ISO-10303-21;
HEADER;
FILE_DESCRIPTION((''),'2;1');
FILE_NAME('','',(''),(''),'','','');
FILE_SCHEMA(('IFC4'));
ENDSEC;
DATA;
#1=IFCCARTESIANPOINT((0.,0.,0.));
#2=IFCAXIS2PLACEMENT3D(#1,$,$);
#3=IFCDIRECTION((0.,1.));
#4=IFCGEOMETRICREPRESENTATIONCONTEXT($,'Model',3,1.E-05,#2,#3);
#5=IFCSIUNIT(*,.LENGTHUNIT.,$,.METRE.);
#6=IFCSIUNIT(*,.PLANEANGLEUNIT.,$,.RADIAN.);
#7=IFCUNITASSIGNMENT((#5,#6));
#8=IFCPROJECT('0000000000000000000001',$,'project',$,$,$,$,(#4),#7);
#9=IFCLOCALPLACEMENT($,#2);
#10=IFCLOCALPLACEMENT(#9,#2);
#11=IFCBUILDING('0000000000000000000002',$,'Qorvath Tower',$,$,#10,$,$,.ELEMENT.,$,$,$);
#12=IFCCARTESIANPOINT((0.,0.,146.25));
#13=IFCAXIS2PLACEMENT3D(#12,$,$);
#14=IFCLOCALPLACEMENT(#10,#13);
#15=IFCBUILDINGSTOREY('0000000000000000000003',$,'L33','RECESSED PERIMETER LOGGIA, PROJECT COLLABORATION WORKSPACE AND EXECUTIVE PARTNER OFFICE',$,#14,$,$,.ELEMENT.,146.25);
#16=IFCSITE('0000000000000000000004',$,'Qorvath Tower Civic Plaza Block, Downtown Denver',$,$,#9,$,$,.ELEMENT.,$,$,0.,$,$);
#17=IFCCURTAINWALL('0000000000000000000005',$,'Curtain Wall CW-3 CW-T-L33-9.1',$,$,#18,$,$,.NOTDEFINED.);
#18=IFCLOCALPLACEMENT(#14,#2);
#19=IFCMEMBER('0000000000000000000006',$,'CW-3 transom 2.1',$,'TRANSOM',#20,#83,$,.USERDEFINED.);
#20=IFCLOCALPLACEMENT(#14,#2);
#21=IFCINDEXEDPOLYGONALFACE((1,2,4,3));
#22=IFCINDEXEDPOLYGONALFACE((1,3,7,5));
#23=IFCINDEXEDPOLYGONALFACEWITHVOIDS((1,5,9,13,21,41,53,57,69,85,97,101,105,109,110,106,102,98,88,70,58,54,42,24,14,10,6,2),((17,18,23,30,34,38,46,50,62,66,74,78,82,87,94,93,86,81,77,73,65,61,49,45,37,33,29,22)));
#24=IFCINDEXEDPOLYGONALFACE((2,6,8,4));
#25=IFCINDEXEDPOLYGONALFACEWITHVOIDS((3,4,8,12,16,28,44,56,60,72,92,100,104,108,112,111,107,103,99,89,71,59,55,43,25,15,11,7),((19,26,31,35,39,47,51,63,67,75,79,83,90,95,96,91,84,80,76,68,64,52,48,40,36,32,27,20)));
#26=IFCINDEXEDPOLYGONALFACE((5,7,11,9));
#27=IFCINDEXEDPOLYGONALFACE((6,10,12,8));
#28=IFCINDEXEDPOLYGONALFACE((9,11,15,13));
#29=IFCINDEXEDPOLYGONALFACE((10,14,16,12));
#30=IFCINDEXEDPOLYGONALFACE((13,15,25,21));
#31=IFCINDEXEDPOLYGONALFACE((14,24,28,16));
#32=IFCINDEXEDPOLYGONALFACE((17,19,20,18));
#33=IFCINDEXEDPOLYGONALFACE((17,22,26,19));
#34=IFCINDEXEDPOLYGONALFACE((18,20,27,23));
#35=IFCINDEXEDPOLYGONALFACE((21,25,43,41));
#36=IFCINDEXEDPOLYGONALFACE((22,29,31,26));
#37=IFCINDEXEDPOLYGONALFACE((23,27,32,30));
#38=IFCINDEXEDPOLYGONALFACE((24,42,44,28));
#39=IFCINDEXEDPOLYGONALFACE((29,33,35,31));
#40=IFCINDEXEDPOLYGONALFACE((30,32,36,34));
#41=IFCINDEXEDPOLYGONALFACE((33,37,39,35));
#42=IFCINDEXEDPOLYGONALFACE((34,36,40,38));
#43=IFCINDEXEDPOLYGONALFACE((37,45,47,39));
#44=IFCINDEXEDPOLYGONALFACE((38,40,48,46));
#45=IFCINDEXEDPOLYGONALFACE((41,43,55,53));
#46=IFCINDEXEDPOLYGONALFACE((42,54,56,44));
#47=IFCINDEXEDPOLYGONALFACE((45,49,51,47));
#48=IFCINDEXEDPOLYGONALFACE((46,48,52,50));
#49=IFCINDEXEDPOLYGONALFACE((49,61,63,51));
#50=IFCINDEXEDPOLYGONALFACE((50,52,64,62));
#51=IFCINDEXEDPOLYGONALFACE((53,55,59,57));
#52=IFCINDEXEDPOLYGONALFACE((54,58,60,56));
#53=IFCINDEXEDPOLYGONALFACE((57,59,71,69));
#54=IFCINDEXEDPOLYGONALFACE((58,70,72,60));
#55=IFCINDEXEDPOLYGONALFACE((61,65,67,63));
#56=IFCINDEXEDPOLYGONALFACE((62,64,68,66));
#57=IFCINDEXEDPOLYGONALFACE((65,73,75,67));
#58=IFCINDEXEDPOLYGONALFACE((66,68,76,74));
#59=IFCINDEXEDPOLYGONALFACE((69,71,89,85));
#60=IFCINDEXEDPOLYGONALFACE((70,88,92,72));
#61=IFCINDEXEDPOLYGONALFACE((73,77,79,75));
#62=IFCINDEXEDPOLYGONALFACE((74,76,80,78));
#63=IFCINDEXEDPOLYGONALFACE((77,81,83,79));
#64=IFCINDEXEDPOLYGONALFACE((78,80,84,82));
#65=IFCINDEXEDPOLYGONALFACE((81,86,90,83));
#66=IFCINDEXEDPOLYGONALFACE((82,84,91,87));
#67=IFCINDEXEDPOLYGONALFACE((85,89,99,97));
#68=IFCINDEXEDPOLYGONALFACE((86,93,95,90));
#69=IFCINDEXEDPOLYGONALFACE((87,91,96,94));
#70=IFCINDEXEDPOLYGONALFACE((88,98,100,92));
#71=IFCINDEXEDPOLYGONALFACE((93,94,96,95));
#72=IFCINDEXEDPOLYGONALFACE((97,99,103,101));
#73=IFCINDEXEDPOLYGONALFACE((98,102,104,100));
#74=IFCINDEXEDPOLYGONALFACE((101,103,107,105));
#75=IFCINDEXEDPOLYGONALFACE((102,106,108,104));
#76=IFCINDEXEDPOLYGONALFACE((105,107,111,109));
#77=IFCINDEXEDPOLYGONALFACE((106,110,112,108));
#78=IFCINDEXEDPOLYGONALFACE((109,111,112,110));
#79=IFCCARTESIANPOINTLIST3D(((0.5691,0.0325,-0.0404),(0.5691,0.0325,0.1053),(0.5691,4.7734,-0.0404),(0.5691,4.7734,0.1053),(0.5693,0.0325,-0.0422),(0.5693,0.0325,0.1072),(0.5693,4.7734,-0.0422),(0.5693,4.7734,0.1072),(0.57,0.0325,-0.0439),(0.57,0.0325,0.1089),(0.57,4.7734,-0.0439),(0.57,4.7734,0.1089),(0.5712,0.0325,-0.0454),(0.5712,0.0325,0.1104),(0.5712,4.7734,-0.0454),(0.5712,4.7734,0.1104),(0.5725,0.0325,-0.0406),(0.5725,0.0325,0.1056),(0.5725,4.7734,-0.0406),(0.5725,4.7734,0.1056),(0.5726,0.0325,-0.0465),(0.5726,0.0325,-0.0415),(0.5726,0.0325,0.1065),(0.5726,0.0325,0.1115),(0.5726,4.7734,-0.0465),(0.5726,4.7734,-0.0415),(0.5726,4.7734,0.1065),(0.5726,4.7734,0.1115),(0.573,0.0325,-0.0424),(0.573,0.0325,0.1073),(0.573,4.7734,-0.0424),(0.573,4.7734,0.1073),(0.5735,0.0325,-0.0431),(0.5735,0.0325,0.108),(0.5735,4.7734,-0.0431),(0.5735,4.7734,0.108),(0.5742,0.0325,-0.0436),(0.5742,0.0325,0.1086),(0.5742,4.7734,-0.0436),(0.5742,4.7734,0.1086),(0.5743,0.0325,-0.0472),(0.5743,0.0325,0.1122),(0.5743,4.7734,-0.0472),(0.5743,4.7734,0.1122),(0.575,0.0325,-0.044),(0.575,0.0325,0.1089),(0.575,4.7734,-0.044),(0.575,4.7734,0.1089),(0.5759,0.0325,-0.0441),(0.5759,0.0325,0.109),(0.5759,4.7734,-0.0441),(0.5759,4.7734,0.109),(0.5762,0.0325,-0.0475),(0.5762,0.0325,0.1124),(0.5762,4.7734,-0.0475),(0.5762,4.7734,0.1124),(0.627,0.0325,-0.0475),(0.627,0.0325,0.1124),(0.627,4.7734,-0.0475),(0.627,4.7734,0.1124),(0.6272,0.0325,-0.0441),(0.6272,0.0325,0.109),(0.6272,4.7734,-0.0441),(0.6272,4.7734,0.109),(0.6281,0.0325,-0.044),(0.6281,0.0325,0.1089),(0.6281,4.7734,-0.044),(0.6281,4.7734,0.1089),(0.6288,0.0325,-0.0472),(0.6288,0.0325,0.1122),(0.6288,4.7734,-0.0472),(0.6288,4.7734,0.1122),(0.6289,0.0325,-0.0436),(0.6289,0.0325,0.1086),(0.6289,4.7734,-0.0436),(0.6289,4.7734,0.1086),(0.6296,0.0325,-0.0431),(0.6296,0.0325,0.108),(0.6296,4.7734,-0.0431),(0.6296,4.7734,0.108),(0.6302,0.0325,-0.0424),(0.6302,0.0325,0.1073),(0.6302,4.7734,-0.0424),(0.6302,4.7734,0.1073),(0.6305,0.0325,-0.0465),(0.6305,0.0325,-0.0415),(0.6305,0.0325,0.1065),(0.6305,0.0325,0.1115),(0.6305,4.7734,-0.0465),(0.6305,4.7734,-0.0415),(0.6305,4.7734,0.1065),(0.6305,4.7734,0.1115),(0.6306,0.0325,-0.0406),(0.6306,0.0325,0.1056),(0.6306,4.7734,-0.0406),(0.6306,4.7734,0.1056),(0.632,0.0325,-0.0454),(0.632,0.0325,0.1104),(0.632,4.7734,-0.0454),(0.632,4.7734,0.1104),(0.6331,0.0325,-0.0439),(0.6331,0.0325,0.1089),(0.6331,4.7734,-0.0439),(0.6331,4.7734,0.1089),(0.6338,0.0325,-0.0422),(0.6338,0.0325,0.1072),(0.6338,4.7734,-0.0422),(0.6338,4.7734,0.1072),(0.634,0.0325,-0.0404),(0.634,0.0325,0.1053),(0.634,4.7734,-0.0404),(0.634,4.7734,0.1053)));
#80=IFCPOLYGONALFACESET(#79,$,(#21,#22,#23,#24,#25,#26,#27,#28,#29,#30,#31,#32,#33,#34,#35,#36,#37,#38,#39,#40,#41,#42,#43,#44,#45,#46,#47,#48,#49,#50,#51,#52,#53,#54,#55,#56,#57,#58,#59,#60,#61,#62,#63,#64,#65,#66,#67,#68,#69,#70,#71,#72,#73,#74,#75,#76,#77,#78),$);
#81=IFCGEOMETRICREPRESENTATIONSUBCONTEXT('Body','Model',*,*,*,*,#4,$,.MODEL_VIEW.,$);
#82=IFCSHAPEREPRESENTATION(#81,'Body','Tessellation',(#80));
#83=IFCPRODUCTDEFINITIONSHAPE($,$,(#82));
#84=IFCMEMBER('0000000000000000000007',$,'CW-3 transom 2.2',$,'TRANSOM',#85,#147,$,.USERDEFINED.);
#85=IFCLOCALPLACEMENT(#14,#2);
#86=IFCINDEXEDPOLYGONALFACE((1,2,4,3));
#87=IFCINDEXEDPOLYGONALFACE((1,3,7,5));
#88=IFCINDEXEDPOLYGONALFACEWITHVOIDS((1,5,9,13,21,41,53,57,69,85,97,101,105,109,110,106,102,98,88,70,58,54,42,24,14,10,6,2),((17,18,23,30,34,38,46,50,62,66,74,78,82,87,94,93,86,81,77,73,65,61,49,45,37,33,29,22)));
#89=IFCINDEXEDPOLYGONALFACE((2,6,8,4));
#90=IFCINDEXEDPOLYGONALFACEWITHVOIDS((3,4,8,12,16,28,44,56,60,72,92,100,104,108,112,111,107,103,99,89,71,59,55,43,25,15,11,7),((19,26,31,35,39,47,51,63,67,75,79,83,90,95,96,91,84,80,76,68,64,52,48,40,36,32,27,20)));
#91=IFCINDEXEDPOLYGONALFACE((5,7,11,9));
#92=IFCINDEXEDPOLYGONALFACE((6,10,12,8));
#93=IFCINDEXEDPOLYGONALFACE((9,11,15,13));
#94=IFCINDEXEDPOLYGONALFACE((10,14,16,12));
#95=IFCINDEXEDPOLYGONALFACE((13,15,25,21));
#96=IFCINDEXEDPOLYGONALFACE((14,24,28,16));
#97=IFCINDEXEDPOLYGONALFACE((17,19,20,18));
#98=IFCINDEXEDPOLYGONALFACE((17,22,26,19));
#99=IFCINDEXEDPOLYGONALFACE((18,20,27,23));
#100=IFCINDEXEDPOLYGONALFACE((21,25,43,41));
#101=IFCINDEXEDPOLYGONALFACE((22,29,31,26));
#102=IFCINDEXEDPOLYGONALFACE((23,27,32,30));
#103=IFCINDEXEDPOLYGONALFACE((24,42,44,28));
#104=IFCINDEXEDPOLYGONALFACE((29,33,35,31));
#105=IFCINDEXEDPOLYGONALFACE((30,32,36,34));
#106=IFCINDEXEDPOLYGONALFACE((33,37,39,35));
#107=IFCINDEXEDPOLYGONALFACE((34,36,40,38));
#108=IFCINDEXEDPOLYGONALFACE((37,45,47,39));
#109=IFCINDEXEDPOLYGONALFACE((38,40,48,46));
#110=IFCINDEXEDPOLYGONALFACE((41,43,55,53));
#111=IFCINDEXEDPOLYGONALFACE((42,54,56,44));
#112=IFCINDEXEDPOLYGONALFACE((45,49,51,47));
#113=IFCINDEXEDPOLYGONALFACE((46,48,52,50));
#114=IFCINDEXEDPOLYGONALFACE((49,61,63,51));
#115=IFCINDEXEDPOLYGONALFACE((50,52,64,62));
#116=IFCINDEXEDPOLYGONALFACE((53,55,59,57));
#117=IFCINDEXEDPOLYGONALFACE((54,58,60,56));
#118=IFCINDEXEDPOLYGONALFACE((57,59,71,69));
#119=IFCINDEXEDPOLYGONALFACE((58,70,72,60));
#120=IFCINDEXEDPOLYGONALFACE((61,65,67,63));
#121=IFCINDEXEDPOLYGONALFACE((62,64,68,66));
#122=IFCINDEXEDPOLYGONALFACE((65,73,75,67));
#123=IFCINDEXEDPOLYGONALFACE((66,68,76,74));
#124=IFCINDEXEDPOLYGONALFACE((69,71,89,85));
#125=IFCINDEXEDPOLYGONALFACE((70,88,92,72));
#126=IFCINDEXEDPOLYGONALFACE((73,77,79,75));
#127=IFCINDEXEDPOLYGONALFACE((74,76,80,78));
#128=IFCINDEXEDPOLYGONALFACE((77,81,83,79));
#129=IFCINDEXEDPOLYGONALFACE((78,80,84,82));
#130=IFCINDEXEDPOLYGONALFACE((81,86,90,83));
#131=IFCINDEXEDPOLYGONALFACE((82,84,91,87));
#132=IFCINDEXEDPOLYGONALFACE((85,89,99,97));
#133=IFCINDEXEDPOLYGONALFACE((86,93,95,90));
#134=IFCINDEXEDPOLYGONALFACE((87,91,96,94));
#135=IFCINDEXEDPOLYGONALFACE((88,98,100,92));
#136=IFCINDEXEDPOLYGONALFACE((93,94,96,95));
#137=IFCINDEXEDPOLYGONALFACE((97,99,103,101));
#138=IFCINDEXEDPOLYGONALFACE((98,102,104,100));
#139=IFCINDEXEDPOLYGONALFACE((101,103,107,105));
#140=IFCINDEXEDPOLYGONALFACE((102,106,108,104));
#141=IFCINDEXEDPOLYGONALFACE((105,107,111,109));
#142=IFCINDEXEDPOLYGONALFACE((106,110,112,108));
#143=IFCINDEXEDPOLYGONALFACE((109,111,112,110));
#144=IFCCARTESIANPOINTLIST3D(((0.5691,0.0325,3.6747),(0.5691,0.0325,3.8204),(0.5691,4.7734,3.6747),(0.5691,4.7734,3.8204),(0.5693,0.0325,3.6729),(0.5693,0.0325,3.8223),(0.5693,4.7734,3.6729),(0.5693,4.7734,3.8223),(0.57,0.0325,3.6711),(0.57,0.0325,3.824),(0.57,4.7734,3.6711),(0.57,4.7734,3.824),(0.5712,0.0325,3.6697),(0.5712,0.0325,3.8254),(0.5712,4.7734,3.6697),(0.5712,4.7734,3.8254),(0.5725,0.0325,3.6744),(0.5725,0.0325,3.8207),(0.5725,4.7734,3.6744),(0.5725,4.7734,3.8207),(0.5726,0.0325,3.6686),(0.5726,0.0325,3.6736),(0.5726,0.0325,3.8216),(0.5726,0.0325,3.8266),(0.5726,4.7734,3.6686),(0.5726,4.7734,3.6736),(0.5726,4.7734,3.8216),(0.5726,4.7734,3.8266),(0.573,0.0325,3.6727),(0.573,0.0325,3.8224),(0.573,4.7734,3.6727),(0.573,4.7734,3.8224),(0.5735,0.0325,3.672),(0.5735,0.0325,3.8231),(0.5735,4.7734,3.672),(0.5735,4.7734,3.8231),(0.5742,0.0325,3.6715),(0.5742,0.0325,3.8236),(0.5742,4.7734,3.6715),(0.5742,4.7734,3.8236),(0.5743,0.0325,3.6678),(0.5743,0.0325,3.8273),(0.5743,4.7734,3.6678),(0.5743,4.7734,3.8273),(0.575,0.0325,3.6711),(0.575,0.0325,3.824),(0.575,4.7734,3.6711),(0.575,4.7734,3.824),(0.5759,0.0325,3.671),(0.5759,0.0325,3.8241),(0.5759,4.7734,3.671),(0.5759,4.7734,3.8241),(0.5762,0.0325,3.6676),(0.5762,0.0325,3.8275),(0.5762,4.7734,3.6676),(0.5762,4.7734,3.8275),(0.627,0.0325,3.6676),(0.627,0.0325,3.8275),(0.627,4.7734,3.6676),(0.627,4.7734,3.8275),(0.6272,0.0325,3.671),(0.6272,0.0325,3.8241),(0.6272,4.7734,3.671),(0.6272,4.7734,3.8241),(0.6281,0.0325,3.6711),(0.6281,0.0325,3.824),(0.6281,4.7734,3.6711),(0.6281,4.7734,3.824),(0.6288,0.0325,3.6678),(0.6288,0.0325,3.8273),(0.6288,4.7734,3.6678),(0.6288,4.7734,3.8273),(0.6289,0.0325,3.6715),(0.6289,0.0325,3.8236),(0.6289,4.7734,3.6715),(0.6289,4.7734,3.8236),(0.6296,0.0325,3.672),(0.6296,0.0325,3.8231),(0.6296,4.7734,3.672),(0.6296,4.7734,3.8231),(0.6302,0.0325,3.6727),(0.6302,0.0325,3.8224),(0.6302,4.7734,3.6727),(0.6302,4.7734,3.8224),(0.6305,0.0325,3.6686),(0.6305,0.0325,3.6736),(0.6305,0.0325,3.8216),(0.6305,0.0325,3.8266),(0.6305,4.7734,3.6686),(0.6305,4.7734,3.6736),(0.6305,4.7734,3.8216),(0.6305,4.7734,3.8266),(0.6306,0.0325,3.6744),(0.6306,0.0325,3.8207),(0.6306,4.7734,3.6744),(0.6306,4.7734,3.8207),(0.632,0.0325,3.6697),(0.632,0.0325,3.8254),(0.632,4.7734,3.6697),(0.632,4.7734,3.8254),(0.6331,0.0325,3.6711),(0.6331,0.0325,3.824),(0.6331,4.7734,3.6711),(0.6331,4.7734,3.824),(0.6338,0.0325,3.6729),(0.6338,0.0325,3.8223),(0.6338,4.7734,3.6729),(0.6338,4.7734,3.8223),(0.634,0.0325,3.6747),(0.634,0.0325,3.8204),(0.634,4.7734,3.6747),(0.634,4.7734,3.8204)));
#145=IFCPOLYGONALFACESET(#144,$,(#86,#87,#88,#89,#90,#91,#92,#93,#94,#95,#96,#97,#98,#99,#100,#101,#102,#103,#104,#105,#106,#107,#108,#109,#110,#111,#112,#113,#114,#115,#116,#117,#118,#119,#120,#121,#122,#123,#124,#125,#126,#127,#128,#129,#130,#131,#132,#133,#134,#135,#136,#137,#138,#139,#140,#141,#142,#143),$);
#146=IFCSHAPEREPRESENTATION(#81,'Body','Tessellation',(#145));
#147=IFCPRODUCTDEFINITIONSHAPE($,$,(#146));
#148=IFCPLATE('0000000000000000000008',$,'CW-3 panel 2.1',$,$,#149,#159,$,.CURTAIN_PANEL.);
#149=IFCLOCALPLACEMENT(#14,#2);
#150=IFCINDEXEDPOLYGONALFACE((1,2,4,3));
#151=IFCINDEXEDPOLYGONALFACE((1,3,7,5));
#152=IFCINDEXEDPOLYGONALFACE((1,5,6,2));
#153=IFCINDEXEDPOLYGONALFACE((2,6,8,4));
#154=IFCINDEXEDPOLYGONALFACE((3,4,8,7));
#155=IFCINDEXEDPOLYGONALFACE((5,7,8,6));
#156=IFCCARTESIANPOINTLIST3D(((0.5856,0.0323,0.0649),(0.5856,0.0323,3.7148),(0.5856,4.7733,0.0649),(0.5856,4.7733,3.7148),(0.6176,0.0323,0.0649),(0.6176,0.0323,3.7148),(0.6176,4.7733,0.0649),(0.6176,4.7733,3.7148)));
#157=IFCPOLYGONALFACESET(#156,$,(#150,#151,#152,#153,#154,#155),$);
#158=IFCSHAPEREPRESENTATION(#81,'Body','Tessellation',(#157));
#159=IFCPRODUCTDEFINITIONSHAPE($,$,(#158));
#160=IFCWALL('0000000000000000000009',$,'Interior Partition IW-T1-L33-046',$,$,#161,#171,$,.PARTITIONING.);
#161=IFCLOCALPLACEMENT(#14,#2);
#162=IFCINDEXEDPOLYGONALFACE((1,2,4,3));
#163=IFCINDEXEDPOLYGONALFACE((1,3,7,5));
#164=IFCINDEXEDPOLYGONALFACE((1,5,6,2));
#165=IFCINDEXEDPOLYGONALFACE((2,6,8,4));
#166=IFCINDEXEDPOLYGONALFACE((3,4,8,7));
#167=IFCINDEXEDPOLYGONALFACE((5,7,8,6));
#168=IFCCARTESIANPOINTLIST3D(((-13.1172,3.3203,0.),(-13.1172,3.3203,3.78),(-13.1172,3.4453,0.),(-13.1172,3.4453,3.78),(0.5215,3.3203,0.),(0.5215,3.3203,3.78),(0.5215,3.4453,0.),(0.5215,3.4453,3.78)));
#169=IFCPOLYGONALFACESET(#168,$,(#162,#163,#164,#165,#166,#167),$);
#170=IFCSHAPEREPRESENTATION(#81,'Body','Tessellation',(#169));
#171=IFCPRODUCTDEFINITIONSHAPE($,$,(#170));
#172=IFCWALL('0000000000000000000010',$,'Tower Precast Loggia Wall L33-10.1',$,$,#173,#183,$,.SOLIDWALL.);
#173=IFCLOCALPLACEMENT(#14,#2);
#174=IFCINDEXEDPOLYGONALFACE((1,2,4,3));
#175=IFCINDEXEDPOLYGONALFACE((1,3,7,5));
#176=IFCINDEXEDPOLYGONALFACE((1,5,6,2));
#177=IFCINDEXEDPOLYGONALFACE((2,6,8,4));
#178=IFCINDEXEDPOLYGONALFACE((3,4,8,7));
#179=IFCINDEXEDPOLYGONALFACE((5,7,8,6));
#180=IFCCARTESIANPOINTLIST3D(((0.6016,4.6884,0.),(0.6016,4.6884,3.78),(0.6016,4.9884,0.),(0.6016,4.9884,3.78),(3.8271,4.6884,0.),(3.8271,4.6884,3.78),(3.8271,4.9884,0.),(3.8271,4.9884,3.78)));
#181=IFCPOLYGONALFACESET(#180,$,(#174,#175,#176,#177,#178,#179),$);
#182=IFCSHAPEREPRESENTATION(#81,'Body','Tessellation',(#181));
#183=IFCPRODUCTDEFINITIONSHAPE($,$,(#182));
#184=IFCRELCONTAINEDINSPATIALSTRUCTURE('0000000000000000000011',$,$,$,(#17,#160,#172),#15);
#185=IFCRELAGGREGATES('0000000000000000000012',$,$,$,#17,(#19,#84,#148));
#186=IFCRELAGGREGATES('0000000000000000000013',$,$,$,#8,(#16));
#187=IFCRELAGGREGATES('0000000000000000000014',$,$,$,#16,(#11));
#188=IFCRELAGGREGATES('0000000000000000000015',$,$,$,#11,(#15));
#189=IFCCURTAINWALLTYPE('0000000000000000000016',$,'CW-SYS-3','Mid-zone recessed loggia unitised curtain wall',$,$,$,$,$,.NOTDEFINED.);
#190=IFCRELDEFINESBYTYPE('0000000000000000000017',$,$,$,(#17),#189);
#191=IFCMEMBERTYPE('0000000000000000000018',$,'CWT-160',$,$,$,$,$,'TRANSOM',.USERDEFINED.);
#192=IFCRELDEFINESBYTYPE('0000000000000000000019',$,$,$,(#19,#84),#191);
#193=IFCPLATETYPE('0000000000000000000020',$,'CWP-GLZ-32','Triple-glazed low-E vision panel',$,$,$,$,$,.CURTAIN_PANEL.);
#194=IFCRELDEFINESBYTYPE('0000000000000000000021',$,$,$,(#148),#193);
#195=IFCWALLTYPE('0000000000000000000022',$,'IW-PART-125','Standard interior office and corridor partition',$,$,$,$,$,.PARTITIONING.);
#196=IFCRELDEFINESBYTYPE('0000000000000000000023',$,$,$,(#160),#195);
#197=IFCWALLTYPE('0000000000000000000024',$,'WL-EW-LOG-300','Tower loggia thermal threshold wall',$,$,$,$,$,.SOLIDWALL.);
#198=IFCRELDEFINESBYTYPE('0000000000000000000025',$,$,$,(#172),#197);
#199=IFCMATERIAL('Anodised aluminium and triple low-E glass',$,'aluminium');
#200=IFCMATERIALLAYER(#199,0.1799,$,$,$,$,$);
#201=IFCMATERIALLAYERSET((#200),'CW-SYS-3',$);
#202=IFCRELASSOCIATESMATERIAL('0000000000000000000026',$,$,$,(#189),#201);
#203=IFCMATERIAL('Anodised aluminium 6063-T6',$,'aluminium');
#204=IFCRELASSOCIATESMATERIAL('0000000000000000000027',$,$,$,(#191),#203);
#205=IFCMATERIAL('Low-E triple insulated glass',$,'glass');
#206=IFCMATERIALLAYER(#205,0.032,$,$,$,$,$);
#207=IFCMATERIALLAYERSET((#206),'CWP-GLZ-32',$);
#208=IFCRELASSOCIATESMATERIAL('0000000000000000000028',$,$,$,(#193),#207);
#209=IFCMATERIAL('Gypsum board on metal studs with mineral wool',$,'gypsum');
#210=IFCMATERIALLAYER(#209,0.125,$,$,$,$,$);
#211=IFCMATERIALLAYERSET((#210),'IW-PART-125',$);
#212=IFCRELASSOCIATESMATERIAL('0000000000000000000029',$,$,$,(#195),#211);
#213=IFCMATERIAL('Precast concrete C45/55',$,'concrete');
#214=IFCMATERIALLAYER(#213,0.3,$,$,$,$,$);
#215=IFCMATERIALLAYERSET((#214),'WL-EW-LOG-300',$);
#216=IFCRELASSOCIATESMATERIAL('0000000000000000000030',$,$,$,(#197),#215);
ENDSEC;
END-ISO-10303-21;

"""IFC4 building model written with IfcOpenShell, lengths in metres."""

from ifc_helpers import new_model, si_unit, direction, frame, frame_2d, origin, origin_2d, place, context, subcontext, project, spatial, rectangle, hollow_rectangle, extrude, material, layer, layer_set, material_profile, profile_set, type_object, element, aggregate, save


model = new_model("IFC4")

# Units and contexts
model_context = context("Model", 3, precision=1e-05, world=origin(), true_north=direction((0.0, 1.0)))
body_context = subcontext(model_context, "Body", "Model", "MODEL_VIEW")
ifc_project = project(units=[si_unit("LENGTHUNIT", "METRE"), si_unit("PLANEANGLEUNIT", "RADIAN")], contexts=[model_context])

# Site, building, storey
site_placement = place(None, origin())
site = spatial("IfcSite", under=ifc_project, at=site_placement, Name="Qorvath Tower Civic Plaza Block, Downtown Denver", CompositionType="ELEMENT", RefElevation=0.0)
building_placement = place(site_placement, origin())
building = spatial("IfcBuilding", under=site, at=building_placement, Name="Qorvath Tower", CompositionType="ELEMENT")
storey_placement = place(building_placement, frame((0.0, 0.0, 146.25)))
storey = spatial("IfcBuildingStorey", under=building, at=storey_placement, Name="L33", Description="RECESSED PERIMETER LOGGIA, PROJECT COLLABORATION WORKSPACE AND EXECUTIVE PARTNER OFFICE", CompositionType="ELEMENT", Elevation=146.25)

# Curtain wall, members, plate
ifc_material_1 = material(Name="Anodised aluminium and triple low-E glass", Category="aluminium")
ifc_layer_1 = layer(ifc_material_1, 0.1799)
ifc_layer_set_1 = layer_set([ifc_layer_1], Name="CW-SYS-3")
curtain_wall_type = type_object("IfcCurtainWallType", Name="CW-SYS-3", Description="Mid-zone recessed loggia unitised curtain wall", PredefinedType="NOTDEFINED", material=ifc_layer_set_1)
curtain_wall_placement = place(storey_placement, origin())
curtain_wall = element("IfcCurtainWall", 1, at=curtain_wall_placement, inside=storey, type_object=curtain_wall_type, Name="Curtain Wall CW-3 CW-T-L33-9.1", PredefinedType="NOTDEFINED")
ifc_material_2 = material(Name="Anodised aluminium 6063-T6", Category="aluminium")
ifc_material_profile_1 = material_profile(ifc_material_2, hollow_rectangle(XDim=0.0649, YDim=0.1599, WallThickness=0.0034, InnerFilletRadius=0.0034, OuterFilletRadius=0.0071, at=origin_2d()), Name="CWT 160x65")
ifc_profile_set_1 = profile_set([ifc_material_profile_1], Name="Anodised aluminium 6063-T6")
member_type_1 = type_object("IfcMemberType", Name="CWT-160", ElementType="TRANSOM", PredefinedType="USERDEFINED", material=ifc_profile_set_1)
member_1_placement = place(storey_placement, frame((0.6016, 0.0325, 0.0325), z_axis=(0.0, 1.0, 0.0), x_axis=(-1.0, 0.0, 0.0)))
member_1 = element("IfcMember", 2, at=member_1_placement, type_object=member_type_1, Name="CW-3 transom 2.1", ObjectType="TRANSOM", PredefinedType="USERDEFINED", context=body_context, shape_type="SweptSolid", body=[
    extrude(hollow_rectangle(XDim=0.0649, YDim=0.1599, WallThickness=0.0034, InnerFilletRadius=0.0034, OuterFilletRadius=0.0071, at=origin_2d()), origin(), (0.0, 0.0, 1.0), 4.741),
])
member_2_placement = place(storey_placement, frame((0.6016, 0.0325, 3.7476), z_axis=(0.0, 1.0, 0.0), x_axis=(-1.0, 0.0, 0.0)))
member_2 = element("IfcMember", 3, at=member_2_placement, type_object=member_type_1, Name="CW-3 transom 2.2", ObjectType="TRANSOM", PredefinedType="USERDEFINED", context=body_context, shape_type="SweptSolid", body=[
    extrude(hollow_rectangle(XDim=0.0649, YDim=0.1599, WallThickness=0.0034, InnerFilletRadius=0.0034, OuterFilletRadius=0.0071, at=origin_2d()), origin(), (0.0, 0.0, 1.0), 4.741),
])
ifc_material_3 = material(Name="Low-E triple insulated glass", Category="glass")
ifc_layer_2 = layer(ifc_material_3, 0.032)
ifc_layer_set_2 = layer_set([ifc_layer_2], Name="CWP-GLZ-32")
plate_type = type_object("IfcPlateType", Name="CWP-GLZ-32", Description="Triple-glazed low-E vision panel", PredefinedType="CURTAIN_PANEL", material=ifc_layer_set_2)
plate_placement = place(storey_placement, frame((0.6016, 2.4028, 0.0649), z_axis=(0.0, 0.0, 1.0), x_axis=(0.0, 1.0, 0.0)))
plate = element("IfcPlate", 4, at=plate_placement, type_object=plate_type, Name="CW-3 panel 2.1", PredefinedType="CURTAIN_PANEL", context=body_context, shape_type="SweptSolid", body=[
    extrude(rectangle(XDim=4.741, YDim=0.032, at=origin_2d()), origin(), (0.0, 0.0, 1.0), 3.6499),
])
aggregate(curtain_wall, [member_1, member_2, plate])

# Walls
ifc_material_4 = material(Name="Gypsum board on metal studs with mineral wool", Category="gypsum")
ifc_layer_3 = layer(ifc_material_4, 0.125)
ifc_layer_set_3 = layer_set([ifc_layer_3], Name="IW-PART-125")
wall_type_1 = type_object("IfcWallType", Name="IW-PART-125", Description="Standard interior office and corridor partition", PredefinedType="PARTITIONING", material=ifc_layer_set_3)
wall_1_placement = place(storey_placement, frame((0.5215, 3.3828, 0.0), z_axis=(0.0, 0.0, 1.0), x_axis=(-1.0, 0.0, 0.0)))
element("IfcWall", 5, at=wall_1_placement, inside=storey, type_object=wall_type_1, Name="Interior Partition IW-T1-L33-046", PredefinedType="PARTITIONING", context=body_context, shape_type="SweptSolid", body=[
    extrude(rectangle(XDim=13.6387, YDim=0.125, at=frame_2d((6.8193, 0.0))), origin(), (0.0, 0.0, 1.0), 3.78),
])
ifc_material_5 = material(Name="Precast concrete C45/55", Category="concrete")
ifc_layer_4 = layer(ifc_material_5, 0.3)
ifc_layer_set_4 = layer_set([ifc_layer_4], Name="WL-EW-LOG-300")
wall_type_2 = type_object("IfcWallType", Name="WL-EW-LOG-300", Description="Tower loggia thermal threshold wall", PredefinedType="SOLIDWALL", material=ifc_layer_set_4)
wall_2_placement = place(storey_placement, frame((0.6016, 4.8384, 0.0), z_axis=(0.0, 0.0, 1.0), x_axis=(1.0, 0.0, 0.0)))
element("IfcWall", 6, at=wall_2_placement, inside=storey, type_object=wall_type_2, Name="Tower Precast Loggia Wall L33-10.1", PredefinedType="SOLIDWALL", context=body_context, shape_type="SweptSolid", body=[
    extrude(rectangle(XDim=3.2256, YDim=0.3, at=frame_2d((1.6128, 0.0))), origin(), (0.0, 0.0, 1.0), 3.78),
])

save(model, "model.ifc")
